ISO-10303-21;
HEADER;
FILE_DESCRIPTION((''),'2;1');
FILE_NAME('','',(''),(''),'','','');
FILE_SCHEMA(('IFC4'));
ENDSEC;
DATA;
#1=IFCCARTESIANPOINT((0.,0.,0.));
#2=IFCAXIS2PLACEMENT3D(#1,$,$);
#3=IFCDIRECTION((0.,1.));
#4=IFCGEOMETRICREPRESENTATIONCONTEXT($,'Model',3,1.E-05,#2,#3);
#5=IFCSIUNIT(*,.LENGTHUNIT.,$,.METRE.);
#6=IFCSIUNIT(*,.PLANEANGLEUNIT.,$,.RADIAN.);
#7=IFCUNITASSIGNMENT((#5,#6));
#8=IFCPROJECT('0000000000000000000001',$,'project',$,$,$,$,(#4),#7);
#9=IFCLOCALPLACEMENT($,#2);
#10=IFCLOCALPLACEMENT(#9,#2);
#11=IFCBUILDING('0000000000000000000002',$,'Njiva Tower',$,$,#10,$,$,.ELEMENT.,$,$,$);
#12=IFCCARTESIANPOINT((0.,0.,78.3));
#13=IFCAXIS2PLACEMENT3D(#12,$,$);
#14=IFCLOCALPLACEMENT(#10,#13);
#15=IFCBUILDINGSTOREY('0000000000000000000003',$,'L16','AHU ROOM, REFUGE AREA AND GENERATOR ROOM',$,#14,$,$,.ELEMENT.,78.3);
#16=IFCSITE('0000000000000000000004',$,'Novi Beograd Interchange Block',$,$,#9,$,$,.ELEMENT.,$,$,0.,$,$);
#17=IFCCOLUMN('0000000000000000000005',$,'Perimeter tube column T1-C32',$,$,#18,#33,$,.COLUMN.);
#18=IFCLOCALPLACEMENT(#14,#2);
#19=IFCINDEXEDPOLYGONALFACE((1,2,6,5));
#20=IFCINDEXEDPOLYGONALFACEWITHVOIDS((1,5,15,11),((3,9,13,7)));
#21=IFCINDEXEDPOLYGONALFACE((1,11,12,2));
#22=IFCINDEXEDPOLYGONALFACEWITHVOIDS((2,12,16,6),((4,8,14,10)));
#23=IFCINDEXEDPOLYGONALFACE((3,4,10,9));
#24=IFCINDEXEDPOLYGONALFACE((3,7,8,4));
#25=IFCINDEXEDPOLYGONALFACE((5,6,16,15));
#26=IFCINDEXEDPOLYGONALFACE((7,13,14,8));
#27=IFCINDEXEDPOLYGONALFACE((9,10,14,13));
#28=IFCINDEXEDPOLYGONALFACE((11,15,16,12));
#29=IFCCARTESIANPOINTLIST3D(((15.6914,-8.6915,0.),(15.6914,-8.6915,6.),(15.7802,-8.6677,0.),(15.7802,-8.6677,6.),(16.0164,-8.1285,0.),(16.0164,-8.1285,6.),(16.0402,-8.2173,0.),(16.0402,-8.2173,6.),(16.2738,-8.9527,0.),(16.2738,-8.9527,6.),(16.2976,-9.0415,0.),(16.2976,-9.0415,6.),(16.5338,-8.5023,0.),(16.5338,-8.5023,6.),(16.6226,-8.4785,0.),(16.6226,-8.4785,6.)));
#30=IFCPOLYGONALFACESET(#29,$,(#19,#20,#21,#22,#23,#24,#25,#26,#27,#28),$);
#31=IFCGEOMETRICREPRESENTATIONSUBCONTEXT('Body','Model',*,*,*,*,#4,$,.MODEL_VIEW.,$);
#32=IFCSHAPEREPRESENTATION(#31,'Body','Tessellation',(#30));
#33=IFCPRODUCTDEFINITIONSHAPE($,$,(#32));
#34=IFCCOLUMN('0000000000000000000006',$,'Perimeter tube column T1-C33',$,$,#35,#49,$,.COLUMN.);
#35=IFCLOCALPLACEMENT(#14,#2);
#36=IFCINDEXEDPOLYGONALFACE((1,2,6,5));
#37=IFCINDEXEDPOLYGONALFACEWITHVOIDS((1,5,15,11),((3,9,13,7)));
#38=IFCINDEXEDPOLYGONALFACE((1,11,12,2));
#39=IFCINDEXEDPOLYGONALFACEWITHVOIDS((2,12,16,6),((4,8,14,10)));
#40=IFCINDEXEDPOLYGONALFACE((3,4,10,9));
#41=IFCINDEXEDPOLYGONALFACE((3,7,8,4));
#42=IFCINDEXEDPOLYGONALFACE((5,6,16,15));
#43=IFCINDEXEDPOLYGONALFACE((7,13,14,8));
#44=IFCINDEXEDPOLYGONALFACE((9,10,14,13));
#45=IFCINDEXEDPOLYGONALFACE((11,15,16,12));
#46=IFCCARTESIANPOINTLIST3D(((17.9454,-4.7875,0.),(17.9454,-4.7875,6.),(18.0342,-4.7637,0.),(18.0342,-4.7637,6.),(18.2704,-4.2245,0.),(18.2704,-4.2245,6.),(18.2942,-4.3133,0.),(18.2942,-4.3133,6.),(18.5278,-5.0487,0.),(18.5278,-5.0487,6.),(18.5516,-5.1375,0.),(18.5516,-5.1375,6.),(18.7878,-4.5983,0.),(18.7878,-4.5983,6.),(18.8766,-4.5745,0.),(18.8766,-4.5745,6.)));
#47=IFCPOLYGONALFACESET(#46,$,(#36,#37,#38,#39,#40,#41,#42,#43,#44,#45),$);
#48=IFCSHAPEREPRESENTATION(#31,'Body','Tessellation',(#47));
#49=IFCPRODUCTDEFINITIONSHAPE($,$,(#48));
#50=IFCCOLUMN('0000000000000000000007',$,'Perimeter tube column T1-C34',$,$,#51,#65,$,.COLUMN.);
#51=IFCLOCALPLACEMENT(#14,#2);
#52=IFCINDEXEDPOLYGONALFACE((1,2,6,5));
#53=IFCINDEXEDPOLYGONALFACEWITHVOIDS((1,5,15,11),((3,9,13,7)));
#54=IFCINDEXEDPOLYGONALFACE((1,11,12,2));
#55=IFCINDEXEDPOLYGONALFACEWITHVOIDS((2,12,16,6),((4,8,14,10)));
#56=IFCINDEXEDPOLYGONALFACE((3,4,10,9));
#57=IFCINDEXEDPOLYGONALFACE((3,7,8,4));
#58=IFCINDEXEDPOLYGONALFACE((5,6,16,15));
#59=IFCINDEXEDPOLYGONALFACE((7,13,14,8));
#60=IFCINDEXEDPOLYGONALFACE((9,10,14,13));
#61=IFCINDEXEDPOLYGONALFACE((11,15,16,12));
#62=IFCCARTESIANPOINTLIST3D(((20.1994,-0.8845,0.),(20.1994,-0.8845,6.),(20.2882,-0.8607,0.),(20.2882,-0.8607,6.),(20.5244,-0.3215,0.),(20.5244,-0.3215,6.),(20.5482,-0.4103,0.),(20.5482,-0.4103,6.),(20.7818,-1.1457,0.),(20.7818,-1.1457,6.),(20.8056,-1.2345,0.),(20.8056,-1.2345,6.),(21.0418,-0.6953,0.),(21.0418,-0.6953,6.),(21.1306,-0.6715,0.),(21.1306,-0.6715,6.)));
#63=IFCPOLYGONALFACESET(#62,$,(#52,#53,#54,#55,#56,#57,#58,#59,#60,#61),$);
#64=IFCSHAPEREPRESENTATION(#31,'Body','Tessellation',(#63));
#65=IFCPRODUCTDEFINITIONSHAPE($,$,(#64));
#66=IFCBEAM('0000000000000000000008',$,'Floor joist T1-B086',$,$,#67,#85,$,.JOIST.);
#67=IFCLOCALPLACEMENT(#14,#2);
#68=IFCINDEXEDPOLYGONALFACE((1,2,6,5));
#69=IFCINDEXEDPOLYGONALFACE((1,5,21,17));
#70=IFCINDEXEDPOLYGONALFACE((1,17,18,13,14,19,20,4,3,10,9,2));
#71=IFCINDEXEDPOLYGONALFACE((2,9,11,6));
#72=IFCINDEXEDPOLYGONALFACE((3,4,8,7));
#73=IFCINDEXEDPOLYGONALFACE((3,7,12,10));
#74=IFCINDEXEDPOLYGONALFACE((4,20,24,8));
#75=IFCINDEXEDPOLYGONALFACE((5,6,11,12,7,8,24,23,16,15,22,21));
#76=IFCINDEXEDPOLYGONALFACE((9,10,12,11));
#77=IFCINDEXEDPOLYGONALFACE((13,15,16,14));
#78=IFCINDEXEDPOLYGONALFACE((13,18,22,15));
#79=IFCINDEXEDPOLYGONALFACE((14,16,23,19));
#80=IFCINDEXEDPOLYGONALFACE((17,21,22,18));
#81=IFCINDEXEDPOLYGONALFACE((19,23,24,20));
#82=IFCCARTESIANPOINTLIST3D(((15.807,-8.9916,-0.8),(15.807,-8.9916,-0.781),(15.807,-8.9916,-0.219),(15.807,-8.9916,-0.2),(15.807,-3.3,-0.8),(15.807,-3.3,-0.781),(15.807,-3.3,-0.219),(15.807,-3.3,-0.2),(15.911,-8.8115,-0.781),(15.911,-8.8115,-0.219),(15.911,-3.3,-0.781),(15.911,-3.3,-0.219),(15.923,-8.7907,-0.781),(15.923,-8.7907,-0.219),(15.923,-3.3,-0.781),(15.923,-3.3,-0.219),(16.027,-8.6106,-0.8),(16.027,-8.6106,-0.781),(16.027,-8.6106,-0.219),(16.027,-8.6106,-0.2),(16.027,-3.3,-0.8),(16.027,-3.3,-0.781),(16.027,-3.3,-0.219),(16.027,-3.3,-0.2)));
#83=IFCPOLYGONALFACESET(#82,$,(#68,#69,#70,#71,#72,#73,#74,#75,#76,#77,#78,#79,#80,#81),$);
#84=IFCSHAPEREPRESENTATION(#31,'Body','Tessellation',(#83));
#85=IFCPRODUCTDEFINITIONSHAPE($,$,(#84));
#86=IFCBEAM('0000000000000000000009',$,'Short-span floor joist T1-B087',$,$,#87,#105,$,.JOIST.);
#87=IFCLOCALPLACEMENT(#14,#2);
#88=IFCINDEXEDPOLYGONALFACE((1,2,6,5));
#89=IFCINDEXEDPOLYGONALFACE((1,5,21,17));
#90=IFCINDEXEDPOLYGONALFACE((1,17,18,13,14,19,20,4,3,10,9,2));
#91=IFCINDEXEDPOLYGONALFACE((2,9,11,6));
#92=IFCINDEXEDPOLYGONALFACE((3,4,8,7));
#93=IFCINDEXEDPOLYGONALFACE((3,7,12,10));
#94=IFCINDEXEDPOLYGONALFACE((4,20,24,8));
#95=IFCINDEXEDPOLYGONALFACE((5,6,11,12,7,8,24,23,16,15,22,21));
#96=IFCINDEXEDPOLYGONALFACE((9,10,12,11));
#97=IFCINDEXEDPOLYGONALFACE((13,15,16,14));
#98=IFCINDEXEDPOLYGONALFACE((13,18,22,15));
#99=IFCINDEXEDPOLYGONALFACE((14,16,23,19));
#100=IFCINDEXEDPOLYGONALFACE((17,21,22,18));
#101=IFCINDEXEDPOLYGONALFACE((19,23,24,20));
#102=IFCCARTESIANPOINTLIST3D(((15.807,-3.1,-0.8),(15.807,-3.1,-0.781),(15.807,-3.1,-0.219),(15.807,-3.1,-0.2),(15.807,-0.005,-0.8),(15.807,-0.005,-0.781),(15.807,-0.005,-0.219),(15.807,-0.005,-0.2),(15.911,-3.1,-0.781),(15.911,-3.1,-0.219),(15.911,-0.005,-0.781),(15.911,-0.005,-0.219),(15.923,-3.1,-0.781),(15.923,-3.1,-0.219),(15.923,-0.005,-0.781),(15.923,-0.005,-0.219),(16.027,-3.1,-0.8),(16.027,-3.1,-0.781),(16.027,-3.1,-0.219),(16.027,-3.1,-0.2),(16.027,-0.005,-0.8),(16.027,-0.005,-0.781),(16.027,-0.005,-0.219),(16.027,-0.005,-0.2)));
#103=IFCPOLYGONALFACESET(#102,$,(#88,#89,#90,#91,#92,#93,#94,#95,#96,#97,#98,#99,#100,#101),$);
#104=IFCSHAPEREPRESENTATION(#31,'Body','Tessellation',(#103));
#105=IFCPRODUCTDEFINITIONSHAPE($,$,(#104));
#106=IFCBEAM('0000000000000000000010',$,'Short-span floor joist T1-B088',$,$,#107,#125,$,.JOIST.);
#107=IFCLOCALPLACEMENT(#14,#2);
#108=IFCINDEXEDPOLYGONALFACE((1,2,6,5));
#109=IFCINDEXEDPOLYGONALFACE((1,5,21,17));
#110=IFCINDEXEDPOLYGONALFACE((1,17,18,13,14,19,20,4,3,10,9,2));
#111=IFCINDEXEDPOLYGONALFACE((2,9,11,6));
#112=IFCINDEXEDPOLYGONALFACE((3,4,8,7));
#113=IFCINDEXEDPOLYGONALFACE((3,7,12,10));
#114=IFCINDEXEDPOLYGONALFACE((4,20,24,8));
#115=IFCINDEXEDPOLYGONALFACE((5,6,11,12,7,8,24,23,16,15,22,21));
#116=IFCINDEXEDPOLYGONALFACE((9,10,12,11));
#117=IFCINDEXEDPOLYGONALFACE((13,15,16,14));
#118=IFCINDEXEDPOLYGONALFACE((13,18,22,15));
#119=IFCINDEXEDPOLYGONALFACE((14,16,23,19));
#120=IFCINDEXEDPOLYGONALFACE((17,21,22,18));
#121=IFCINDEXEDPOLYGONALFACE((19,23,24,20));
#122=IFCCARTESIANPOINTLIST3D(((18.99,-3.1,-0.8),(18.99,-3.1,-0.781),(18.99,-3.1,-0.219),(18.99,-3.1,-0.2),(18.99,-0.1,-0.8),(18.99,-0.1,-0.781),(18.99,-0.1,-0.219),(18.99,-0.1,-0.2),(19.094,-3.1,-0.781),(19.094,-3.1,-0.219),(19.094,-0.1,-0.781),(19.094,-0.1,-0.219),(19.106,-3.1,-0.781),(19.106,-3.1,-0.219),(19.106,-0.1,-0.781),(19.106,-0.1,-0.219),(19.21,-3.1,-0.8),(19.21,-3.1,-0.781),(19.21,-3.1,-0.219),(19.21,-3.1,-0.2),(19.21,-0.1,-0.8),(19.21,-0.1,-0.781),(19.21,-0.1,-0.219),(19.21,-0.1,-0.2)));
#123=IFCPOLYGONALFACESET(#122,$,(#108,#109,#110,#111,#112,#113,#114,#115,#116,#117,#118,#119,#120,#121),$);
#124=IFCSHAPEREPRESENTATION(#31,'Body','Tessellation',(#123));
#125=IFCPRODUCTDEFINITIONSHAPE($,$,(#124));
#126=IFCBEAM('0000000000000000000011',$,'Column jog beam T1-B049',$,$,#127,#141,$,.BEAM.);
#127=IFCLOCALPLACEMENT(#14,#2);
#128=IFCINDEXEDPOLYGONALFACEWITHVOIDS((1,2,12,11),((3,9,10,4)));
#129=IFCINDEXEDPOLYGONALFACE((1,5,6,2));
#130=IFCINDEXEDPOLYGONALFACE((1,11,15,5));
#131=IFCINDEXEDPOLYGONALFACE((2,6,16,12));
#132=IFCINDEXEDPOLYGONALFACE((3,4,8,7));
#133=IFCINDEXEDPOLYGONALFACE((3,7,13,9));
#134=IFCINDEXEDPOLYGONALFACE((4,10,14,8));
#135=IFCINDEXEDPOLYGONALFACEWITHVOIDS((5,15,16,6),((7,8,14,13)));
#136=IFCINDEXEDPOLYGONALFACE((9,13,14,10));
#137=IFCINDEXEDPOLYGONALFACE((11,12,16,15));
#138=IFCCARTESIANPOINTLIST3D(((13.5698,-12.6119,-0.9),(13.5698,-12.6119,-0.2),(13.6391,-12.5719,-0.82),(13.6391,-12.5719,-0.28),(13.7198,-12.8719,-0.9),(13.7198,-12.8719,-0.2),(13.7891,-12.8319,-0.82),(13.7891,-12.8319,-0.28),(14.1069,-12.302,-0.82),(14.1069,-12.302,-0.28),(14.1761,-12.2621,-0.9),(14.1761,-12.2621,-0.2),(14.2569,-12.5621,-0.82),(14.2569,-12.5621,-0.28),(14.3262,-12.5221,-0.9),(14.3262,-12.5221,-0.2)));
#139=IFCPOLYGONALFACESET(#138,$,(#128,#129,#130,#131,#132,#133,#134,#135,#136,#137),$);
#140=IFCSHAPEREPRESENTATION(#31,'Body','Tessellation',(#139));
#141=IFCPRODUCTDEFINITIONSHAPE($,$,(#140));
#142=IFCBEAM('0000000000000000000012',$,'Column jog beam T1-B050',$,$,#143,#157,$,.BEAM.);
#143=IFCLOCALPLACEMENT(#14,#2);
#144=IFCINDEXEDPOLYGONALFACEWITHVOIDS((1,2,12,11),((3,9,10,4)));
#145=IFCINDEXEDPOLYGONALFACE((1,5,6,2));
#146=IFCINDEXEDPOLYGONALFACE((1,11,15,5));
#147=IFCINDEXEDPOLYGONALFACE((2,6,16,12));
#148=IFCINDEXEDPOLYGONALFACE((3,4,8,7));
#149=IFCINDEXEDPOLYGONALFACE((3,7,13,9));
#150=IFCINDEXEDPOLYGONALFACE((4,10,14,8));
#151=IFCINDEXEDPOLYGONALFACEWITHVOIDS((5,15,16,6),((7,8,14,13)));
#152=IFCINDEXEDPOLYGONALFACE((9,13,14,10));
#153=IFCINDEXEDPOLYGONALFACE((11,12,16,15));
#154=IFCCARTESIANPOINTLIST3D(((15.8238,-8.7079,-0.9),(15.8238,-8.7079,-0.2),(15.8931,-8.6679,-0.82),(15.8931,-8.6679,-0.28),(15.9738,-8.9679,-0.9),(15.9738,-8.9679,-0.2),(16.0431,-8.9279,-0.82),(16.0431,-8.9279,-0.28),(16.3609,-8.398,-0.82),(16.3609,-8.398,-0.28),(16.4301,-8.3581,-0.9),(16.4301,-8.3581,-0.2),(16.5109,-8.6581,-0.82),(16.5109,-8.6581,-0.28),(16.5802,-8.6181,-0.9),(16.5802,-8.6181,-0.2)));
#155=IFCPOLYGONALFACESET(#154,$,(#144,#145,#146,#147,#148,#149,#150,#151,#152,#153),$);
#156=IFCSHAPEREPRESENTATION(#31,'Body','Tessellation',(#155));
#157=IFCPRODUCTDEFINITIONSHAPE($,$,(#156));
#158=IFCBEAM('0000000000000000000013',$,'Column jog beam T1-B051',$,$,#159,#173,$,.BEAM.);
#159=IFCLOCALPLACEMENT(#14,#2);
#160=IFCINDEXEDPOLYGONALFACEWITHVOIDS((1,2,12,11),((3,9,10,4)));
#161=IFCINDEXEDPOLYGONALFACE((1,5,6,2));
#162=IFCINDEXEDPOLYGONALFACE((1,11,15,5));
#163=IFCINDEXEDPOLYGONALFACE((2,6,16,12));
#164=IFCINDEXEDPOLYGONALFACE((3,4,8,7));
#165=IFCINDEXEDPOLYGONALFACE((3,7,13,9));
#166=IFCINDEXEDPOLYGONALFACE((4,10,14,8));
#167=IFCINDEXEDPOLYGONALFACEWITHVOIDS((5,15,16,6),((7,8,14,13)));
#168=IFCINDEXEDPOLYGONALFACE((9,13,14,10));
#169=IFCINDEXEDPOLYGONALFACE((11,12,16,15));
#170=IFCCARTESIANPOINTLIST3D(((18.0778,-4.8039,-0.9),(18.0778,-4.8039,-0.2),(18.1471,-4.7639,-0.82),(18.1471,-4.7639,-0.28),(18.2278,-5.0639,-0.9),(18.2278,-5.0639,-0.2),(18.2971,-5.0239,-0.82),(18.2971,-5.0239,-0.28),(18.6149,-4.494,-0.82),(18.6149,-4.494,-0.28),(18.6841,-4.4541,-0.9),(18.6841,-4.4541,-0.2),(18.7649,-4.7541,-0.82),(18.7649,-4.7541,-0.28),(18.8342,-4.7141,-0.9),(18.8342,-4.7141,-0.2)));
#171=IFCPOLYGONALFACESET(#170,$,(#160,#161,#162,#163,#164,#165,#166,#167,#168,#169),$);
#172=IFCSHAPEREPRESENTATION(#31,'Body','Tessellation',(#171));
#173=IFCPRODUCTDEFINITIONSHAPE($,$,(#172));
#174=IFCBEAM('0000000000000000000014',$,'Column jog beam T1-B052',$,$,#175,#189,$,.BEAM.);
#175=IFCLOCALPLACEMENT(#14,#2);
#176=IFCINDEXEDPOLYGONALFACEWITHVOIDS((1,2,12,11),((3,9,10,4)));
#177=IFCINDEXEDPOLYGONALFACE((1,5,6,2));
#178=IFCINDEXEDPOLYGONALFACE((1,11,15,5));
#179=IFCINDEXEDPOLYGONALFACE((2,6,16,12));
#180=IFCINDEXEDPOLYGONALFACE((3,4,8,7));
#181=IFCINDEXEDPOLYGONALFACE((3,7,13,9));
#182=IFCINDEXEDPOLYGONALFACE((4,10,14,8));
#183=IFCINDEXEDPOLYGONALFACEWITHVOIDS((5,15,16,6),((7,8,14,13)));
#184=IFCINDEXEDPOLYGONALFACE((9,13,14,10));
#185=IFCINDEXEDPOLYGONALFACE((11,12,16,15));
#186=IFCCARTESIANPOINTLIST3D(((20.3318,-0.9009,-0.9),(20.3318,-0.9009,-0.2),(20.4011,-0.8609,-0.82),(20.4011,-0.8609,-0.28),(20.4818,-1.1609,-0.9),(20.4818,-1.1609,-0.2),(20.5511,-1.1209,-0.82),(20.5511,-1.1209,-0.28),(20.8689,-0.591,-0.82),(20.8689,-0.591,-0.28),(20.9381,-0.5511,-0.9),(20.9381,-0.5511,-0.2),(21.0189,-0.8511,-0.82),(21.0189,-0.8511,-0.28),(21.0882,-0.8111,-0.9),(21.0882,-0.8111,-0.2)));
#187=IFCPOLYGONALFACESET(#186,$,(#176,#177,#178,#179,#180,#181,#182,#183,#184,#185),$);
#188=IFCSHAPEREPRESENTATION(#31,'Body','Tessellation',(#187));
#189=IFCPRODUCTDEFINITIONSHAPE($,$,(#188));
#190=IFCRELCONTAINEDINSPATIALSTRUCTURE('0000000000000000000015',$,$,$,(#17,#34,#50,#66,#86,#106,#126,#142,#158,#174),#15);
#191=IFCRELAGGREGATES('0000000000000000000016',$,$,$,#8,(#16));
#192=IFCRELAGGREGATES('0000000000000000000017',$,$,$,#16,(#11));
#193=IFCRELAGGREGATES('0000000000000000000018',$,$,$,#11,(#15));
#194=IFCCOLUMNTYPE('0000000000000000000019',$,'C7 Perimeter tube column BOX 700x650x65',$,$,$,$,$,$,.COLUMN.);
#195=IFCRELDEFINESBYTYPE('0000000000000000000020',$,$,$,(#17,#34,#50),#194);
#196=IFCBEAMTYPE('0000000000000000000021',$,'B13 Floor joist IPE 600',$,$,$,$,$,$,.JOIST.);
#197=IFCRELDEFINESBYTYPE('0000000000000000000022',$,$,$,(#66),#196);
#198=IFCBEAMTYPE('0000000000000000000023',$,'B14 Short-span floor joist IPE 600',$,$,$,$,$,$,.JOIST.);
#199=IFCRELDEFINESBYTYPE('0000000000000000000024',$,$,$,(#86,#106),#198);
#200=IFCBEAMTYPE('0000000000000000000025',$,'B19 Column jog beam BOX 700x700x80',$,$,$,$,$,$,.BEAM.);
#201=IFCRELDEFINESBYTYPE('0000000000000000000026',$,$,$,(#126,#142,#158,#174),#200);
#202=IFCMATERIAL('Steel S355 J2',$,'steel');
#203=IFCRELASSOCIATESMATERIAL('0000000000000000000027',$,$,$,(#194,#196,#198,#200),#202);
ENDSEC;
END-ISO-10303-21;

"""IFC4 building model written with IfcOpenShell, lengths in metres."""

from ifc_helpers import new_model, si_unit, direction, frame, origin, origin_2d, place, context, subcontext, project, spatial, hollow_rectangle, i_section, extrude, clip, halfspace, material, material_profile, profile_set, type_object, element, save


model = new_model("IFC4")

# Units and contexts
model_context = context("Model", 3, precision=1e-05, world=origin(), true_north=direction((0.0, 1.0)))
body_context = subcontext(model_context, "Body", "Model", "MODEL_VIEW")
ifc_project = project(units=[si_unit("LENGTHUNIT", "METRE"), si_unit("PLANEANGLEUNIT", "RADIAN")], contexts=[model_context])

# Site, building, storey
site_placement = place(None, origin())
site = spatial("IfcSite", under=ifc_project, at=site_placement, Name="Novi Beograd Interchange Block", CompositionType="ELEMENT", RefElevation=0.0)
building_placement = place(site_placement, origin())
building = spatial("IfcBuilding", under=site, at=building_placement, Name="Njiva Tower", CompositionType="ELEMENT")
storey_placement = place(building_placement, frame((0.0, 0.0, 78.3)))
storey = spatial("IfcBuildingStorey", under=building, at=storey_placement, Name="L16", Description="AHU ROOM, REFUGE AREA AND GENERATOR ROOM", CompositionType="ELEMENT", Elevation=78.3)

# Columns
ifc_material_1 = material(Name="Steel S355 J2", Category="steel")
ifc_material_profile_1 = material_profile(ifc_material_1, hollow_rectangle(XDim=0.65, YDim=0.7, WallThickness=0.065, at=origin_2d()), Name="BOX 700x650x65")
ifc_profile_set_1 = profile_set([ifc_material_profile_1], Name="Steel S355 J2")
column_type = type_object("IfcColumnType", Name="C7 Perimeter tube column BOX 700x650x65", PredefinedType="COLUMN", material=ifc_profile_set_1)
for number, where, z_axis, x_axis, name in (
    (1, (16.157, -8.585, 0.0), (0.0, 0.0, 1.0), (0.5, 0.866025, 0.0), "Perimeter tube column T1-C32"),
    (2, (18.411, -4.681, 0.0), (0.0, 0.0, 1.0), (0.5, 0.866025, 0.0), "Perimeter tube column T1-C33"),
    (3, (20.665, -0.778, 0.0), (0.0, 0.0, 1.0), (0.5, 0.866025, 0.0), "Perimeter tube column T1-C34"),
):
    element("IfcColumn", number, at=place(storey_placement, frame(where, z_axis=z_axis, x_axis=x_axis)), inside=storey, type_object=column_type, Name=name, PredefinedType="COLUMN", context=body_context, shape_type="SweptSolid", body=[
        extrude(hollow_rectangle(XDim=0.65, YDim=0.7, WallThickness=0.065, at=origin_2d()), origin(), (0.0, 0.0, 1.0), 6.0),
    ])

# Beams
ifc_material_profile_2 = material_profile(ifc_material_1, i_section(OverallWidth=0.22, OverallDepth=0.6, WebThickness=0.012, FlangeThickness=0.019, at=origin_2d()), Name="IPE 600")
ifc_profile_set_2 = profile_set([ifc_material_profile_2], Name="Steel S355 J2")
beam_type_1 = type_object("IfcBeamType", Name="B13 Floor joist IPE 600", PredefinedType="JOIST", material=ifc_profile_set_2)
beam_1_placement = place(storey_placement, frame((15.917, -3.3, -0.5), z_axis=(0.0, -1.0, 0.0), x_axis=(1.0, 0.0, 0.0)))
element("IfcBeam", 4, at=beam_1_placement, inside=storey, type_object=beam_type_1, Name="Floor joist T1-B086", PredefinedType="JOIST", context=body_context, shape_type="Clipping", body=[
    clip(extrude(i_section(OverallWidth=0.22, OverallDepth=0.6, WebThickness=0.012, FlangeThickness=0.019, at=origin_2d()), origin(), (0.0, 0.0, 1.0), 5.713), halfspace(frame((0.043, 0.0, 5.4266), z_axis=(0.866027, 0.0, 0.499998), x_axis=(0.0, 1.0, 0.0)), False)),
])
ifc_material_profile_3 = material_profile(ifc_material_1, i_section(OverallWidth=0.22, OverallDepth=0.6, WebThickness=0.012, FlangeThickness=0.019, at=origin_2d()), Name="IPE 600")
ifc_profile_set_3 = profile_set([ifc_material_profile_3], Name="Steel S355 J2")
beam_type_2 = type_object("IfcBeamType", Name="B14 Short-span floor joist IPE 600", PredefinedType="JOIST", material=ifc_profile_set_3)
beam_2_placement = place(storey_placement, frame((15.917, -0.005, -0.5), z_axis=(0.0, -1.0, 0.0), x_axis=(1.0, 0.0, 0.0)))
element("IfcBeam", 5, at=beam_2_placement, inside=storey, type_object=beam_type_2, Name="Short-span floor joist T1-B087", PredefinedType="JOIST", context=body_context, shape_type="SweptSolid", body=[
    extrude(i_section(OverallWidth=0.22, OverallDepth=0.6, WebThickness=0.012, FlangeThickness=0.019, at=origin_2d()), origin(), (0.0, 0.0, 1.0), 3.095),
])
beam_3_placement = place(storey_placement, frame((19.1, -0.1, -0.5), z_axis=(0.0, -1.0, 0.0), x_axis=(1.0, 0.0, 0.0)))
element("IfcBeam", 6, at=beam_3_placement, inside=storey, type_object=beam_type_2, Name="Short-span floor joist T1-B088", PredefinedType="JOIST", context=body_context, shape_type="SweptSolid", body=[
    extrude(i_section(OverallWidth=0.22, OverallDepth=0.6, WebThickness=0.012, FlangeThickness=0.019, at=origin_2d()), origin(), (0.0, 0.0, 1.0), 3.0),
])
ifc_material_profile_4 = material_profile(ifc_material_1, hollow_rectangle(XDim=0.7, YDim=0.7, WallThickness=0.08, at=origin_2d()), Name="BOX 700x700x80")
ifc_profile_set_4 = profile_set([ifc_material_profile_4], Name="Steel S355 J2")
beam_type_3 = type_object("IfcBeamType", Name="B19 Column jog beam BOX 700x700x80", PredefinedType="BEAM", material=ifc_profile_set_4)
for number, where, z_axis, x_axis, name in (
    (7, (14.023, -12.697, -0.55), (-0.499722, 0.866186, 0.0), (-0.866186, -0.499722, 0.0), "Column jog beam T1-B049"),
    (8, (16.277, -8.793, -0.55), (-0.499722, 0.866186, 0.0), (-0.866186, -0.499722, 0.0), "Column jog beam T1-B050"),
    (9, (18.531, -4.889, -0.55), (-0.499722, 0.866186, 0.0), (-0.866186, -0.499722, 0.0), "Column jog beam T1-B051"),
    (10, (20.785, -0.986, -0.55), (-0.499722, 0.866186, 0.0), (-0.866186, -0.499722, 0.0), "Column jog beam T1-B052"),
):
    element("IfcBeam", number, at=place(storey_placement, frame(where, z_axis=z_axis, x_axis=x_axis)), inside=storey, type_object=beam_type_3, Name=name, PredefinedType="BEAM", context=body_context, shape_type="SweptSolid", body=[
        extrude(hollow_rectangle(XDim=0.7, YDim=0.7, WallThickness=0.08, at=origin_2d()), origin(), (0.0, 0.0, 1.0), 0.3002),
    ])

save(model, "model.ifc")
